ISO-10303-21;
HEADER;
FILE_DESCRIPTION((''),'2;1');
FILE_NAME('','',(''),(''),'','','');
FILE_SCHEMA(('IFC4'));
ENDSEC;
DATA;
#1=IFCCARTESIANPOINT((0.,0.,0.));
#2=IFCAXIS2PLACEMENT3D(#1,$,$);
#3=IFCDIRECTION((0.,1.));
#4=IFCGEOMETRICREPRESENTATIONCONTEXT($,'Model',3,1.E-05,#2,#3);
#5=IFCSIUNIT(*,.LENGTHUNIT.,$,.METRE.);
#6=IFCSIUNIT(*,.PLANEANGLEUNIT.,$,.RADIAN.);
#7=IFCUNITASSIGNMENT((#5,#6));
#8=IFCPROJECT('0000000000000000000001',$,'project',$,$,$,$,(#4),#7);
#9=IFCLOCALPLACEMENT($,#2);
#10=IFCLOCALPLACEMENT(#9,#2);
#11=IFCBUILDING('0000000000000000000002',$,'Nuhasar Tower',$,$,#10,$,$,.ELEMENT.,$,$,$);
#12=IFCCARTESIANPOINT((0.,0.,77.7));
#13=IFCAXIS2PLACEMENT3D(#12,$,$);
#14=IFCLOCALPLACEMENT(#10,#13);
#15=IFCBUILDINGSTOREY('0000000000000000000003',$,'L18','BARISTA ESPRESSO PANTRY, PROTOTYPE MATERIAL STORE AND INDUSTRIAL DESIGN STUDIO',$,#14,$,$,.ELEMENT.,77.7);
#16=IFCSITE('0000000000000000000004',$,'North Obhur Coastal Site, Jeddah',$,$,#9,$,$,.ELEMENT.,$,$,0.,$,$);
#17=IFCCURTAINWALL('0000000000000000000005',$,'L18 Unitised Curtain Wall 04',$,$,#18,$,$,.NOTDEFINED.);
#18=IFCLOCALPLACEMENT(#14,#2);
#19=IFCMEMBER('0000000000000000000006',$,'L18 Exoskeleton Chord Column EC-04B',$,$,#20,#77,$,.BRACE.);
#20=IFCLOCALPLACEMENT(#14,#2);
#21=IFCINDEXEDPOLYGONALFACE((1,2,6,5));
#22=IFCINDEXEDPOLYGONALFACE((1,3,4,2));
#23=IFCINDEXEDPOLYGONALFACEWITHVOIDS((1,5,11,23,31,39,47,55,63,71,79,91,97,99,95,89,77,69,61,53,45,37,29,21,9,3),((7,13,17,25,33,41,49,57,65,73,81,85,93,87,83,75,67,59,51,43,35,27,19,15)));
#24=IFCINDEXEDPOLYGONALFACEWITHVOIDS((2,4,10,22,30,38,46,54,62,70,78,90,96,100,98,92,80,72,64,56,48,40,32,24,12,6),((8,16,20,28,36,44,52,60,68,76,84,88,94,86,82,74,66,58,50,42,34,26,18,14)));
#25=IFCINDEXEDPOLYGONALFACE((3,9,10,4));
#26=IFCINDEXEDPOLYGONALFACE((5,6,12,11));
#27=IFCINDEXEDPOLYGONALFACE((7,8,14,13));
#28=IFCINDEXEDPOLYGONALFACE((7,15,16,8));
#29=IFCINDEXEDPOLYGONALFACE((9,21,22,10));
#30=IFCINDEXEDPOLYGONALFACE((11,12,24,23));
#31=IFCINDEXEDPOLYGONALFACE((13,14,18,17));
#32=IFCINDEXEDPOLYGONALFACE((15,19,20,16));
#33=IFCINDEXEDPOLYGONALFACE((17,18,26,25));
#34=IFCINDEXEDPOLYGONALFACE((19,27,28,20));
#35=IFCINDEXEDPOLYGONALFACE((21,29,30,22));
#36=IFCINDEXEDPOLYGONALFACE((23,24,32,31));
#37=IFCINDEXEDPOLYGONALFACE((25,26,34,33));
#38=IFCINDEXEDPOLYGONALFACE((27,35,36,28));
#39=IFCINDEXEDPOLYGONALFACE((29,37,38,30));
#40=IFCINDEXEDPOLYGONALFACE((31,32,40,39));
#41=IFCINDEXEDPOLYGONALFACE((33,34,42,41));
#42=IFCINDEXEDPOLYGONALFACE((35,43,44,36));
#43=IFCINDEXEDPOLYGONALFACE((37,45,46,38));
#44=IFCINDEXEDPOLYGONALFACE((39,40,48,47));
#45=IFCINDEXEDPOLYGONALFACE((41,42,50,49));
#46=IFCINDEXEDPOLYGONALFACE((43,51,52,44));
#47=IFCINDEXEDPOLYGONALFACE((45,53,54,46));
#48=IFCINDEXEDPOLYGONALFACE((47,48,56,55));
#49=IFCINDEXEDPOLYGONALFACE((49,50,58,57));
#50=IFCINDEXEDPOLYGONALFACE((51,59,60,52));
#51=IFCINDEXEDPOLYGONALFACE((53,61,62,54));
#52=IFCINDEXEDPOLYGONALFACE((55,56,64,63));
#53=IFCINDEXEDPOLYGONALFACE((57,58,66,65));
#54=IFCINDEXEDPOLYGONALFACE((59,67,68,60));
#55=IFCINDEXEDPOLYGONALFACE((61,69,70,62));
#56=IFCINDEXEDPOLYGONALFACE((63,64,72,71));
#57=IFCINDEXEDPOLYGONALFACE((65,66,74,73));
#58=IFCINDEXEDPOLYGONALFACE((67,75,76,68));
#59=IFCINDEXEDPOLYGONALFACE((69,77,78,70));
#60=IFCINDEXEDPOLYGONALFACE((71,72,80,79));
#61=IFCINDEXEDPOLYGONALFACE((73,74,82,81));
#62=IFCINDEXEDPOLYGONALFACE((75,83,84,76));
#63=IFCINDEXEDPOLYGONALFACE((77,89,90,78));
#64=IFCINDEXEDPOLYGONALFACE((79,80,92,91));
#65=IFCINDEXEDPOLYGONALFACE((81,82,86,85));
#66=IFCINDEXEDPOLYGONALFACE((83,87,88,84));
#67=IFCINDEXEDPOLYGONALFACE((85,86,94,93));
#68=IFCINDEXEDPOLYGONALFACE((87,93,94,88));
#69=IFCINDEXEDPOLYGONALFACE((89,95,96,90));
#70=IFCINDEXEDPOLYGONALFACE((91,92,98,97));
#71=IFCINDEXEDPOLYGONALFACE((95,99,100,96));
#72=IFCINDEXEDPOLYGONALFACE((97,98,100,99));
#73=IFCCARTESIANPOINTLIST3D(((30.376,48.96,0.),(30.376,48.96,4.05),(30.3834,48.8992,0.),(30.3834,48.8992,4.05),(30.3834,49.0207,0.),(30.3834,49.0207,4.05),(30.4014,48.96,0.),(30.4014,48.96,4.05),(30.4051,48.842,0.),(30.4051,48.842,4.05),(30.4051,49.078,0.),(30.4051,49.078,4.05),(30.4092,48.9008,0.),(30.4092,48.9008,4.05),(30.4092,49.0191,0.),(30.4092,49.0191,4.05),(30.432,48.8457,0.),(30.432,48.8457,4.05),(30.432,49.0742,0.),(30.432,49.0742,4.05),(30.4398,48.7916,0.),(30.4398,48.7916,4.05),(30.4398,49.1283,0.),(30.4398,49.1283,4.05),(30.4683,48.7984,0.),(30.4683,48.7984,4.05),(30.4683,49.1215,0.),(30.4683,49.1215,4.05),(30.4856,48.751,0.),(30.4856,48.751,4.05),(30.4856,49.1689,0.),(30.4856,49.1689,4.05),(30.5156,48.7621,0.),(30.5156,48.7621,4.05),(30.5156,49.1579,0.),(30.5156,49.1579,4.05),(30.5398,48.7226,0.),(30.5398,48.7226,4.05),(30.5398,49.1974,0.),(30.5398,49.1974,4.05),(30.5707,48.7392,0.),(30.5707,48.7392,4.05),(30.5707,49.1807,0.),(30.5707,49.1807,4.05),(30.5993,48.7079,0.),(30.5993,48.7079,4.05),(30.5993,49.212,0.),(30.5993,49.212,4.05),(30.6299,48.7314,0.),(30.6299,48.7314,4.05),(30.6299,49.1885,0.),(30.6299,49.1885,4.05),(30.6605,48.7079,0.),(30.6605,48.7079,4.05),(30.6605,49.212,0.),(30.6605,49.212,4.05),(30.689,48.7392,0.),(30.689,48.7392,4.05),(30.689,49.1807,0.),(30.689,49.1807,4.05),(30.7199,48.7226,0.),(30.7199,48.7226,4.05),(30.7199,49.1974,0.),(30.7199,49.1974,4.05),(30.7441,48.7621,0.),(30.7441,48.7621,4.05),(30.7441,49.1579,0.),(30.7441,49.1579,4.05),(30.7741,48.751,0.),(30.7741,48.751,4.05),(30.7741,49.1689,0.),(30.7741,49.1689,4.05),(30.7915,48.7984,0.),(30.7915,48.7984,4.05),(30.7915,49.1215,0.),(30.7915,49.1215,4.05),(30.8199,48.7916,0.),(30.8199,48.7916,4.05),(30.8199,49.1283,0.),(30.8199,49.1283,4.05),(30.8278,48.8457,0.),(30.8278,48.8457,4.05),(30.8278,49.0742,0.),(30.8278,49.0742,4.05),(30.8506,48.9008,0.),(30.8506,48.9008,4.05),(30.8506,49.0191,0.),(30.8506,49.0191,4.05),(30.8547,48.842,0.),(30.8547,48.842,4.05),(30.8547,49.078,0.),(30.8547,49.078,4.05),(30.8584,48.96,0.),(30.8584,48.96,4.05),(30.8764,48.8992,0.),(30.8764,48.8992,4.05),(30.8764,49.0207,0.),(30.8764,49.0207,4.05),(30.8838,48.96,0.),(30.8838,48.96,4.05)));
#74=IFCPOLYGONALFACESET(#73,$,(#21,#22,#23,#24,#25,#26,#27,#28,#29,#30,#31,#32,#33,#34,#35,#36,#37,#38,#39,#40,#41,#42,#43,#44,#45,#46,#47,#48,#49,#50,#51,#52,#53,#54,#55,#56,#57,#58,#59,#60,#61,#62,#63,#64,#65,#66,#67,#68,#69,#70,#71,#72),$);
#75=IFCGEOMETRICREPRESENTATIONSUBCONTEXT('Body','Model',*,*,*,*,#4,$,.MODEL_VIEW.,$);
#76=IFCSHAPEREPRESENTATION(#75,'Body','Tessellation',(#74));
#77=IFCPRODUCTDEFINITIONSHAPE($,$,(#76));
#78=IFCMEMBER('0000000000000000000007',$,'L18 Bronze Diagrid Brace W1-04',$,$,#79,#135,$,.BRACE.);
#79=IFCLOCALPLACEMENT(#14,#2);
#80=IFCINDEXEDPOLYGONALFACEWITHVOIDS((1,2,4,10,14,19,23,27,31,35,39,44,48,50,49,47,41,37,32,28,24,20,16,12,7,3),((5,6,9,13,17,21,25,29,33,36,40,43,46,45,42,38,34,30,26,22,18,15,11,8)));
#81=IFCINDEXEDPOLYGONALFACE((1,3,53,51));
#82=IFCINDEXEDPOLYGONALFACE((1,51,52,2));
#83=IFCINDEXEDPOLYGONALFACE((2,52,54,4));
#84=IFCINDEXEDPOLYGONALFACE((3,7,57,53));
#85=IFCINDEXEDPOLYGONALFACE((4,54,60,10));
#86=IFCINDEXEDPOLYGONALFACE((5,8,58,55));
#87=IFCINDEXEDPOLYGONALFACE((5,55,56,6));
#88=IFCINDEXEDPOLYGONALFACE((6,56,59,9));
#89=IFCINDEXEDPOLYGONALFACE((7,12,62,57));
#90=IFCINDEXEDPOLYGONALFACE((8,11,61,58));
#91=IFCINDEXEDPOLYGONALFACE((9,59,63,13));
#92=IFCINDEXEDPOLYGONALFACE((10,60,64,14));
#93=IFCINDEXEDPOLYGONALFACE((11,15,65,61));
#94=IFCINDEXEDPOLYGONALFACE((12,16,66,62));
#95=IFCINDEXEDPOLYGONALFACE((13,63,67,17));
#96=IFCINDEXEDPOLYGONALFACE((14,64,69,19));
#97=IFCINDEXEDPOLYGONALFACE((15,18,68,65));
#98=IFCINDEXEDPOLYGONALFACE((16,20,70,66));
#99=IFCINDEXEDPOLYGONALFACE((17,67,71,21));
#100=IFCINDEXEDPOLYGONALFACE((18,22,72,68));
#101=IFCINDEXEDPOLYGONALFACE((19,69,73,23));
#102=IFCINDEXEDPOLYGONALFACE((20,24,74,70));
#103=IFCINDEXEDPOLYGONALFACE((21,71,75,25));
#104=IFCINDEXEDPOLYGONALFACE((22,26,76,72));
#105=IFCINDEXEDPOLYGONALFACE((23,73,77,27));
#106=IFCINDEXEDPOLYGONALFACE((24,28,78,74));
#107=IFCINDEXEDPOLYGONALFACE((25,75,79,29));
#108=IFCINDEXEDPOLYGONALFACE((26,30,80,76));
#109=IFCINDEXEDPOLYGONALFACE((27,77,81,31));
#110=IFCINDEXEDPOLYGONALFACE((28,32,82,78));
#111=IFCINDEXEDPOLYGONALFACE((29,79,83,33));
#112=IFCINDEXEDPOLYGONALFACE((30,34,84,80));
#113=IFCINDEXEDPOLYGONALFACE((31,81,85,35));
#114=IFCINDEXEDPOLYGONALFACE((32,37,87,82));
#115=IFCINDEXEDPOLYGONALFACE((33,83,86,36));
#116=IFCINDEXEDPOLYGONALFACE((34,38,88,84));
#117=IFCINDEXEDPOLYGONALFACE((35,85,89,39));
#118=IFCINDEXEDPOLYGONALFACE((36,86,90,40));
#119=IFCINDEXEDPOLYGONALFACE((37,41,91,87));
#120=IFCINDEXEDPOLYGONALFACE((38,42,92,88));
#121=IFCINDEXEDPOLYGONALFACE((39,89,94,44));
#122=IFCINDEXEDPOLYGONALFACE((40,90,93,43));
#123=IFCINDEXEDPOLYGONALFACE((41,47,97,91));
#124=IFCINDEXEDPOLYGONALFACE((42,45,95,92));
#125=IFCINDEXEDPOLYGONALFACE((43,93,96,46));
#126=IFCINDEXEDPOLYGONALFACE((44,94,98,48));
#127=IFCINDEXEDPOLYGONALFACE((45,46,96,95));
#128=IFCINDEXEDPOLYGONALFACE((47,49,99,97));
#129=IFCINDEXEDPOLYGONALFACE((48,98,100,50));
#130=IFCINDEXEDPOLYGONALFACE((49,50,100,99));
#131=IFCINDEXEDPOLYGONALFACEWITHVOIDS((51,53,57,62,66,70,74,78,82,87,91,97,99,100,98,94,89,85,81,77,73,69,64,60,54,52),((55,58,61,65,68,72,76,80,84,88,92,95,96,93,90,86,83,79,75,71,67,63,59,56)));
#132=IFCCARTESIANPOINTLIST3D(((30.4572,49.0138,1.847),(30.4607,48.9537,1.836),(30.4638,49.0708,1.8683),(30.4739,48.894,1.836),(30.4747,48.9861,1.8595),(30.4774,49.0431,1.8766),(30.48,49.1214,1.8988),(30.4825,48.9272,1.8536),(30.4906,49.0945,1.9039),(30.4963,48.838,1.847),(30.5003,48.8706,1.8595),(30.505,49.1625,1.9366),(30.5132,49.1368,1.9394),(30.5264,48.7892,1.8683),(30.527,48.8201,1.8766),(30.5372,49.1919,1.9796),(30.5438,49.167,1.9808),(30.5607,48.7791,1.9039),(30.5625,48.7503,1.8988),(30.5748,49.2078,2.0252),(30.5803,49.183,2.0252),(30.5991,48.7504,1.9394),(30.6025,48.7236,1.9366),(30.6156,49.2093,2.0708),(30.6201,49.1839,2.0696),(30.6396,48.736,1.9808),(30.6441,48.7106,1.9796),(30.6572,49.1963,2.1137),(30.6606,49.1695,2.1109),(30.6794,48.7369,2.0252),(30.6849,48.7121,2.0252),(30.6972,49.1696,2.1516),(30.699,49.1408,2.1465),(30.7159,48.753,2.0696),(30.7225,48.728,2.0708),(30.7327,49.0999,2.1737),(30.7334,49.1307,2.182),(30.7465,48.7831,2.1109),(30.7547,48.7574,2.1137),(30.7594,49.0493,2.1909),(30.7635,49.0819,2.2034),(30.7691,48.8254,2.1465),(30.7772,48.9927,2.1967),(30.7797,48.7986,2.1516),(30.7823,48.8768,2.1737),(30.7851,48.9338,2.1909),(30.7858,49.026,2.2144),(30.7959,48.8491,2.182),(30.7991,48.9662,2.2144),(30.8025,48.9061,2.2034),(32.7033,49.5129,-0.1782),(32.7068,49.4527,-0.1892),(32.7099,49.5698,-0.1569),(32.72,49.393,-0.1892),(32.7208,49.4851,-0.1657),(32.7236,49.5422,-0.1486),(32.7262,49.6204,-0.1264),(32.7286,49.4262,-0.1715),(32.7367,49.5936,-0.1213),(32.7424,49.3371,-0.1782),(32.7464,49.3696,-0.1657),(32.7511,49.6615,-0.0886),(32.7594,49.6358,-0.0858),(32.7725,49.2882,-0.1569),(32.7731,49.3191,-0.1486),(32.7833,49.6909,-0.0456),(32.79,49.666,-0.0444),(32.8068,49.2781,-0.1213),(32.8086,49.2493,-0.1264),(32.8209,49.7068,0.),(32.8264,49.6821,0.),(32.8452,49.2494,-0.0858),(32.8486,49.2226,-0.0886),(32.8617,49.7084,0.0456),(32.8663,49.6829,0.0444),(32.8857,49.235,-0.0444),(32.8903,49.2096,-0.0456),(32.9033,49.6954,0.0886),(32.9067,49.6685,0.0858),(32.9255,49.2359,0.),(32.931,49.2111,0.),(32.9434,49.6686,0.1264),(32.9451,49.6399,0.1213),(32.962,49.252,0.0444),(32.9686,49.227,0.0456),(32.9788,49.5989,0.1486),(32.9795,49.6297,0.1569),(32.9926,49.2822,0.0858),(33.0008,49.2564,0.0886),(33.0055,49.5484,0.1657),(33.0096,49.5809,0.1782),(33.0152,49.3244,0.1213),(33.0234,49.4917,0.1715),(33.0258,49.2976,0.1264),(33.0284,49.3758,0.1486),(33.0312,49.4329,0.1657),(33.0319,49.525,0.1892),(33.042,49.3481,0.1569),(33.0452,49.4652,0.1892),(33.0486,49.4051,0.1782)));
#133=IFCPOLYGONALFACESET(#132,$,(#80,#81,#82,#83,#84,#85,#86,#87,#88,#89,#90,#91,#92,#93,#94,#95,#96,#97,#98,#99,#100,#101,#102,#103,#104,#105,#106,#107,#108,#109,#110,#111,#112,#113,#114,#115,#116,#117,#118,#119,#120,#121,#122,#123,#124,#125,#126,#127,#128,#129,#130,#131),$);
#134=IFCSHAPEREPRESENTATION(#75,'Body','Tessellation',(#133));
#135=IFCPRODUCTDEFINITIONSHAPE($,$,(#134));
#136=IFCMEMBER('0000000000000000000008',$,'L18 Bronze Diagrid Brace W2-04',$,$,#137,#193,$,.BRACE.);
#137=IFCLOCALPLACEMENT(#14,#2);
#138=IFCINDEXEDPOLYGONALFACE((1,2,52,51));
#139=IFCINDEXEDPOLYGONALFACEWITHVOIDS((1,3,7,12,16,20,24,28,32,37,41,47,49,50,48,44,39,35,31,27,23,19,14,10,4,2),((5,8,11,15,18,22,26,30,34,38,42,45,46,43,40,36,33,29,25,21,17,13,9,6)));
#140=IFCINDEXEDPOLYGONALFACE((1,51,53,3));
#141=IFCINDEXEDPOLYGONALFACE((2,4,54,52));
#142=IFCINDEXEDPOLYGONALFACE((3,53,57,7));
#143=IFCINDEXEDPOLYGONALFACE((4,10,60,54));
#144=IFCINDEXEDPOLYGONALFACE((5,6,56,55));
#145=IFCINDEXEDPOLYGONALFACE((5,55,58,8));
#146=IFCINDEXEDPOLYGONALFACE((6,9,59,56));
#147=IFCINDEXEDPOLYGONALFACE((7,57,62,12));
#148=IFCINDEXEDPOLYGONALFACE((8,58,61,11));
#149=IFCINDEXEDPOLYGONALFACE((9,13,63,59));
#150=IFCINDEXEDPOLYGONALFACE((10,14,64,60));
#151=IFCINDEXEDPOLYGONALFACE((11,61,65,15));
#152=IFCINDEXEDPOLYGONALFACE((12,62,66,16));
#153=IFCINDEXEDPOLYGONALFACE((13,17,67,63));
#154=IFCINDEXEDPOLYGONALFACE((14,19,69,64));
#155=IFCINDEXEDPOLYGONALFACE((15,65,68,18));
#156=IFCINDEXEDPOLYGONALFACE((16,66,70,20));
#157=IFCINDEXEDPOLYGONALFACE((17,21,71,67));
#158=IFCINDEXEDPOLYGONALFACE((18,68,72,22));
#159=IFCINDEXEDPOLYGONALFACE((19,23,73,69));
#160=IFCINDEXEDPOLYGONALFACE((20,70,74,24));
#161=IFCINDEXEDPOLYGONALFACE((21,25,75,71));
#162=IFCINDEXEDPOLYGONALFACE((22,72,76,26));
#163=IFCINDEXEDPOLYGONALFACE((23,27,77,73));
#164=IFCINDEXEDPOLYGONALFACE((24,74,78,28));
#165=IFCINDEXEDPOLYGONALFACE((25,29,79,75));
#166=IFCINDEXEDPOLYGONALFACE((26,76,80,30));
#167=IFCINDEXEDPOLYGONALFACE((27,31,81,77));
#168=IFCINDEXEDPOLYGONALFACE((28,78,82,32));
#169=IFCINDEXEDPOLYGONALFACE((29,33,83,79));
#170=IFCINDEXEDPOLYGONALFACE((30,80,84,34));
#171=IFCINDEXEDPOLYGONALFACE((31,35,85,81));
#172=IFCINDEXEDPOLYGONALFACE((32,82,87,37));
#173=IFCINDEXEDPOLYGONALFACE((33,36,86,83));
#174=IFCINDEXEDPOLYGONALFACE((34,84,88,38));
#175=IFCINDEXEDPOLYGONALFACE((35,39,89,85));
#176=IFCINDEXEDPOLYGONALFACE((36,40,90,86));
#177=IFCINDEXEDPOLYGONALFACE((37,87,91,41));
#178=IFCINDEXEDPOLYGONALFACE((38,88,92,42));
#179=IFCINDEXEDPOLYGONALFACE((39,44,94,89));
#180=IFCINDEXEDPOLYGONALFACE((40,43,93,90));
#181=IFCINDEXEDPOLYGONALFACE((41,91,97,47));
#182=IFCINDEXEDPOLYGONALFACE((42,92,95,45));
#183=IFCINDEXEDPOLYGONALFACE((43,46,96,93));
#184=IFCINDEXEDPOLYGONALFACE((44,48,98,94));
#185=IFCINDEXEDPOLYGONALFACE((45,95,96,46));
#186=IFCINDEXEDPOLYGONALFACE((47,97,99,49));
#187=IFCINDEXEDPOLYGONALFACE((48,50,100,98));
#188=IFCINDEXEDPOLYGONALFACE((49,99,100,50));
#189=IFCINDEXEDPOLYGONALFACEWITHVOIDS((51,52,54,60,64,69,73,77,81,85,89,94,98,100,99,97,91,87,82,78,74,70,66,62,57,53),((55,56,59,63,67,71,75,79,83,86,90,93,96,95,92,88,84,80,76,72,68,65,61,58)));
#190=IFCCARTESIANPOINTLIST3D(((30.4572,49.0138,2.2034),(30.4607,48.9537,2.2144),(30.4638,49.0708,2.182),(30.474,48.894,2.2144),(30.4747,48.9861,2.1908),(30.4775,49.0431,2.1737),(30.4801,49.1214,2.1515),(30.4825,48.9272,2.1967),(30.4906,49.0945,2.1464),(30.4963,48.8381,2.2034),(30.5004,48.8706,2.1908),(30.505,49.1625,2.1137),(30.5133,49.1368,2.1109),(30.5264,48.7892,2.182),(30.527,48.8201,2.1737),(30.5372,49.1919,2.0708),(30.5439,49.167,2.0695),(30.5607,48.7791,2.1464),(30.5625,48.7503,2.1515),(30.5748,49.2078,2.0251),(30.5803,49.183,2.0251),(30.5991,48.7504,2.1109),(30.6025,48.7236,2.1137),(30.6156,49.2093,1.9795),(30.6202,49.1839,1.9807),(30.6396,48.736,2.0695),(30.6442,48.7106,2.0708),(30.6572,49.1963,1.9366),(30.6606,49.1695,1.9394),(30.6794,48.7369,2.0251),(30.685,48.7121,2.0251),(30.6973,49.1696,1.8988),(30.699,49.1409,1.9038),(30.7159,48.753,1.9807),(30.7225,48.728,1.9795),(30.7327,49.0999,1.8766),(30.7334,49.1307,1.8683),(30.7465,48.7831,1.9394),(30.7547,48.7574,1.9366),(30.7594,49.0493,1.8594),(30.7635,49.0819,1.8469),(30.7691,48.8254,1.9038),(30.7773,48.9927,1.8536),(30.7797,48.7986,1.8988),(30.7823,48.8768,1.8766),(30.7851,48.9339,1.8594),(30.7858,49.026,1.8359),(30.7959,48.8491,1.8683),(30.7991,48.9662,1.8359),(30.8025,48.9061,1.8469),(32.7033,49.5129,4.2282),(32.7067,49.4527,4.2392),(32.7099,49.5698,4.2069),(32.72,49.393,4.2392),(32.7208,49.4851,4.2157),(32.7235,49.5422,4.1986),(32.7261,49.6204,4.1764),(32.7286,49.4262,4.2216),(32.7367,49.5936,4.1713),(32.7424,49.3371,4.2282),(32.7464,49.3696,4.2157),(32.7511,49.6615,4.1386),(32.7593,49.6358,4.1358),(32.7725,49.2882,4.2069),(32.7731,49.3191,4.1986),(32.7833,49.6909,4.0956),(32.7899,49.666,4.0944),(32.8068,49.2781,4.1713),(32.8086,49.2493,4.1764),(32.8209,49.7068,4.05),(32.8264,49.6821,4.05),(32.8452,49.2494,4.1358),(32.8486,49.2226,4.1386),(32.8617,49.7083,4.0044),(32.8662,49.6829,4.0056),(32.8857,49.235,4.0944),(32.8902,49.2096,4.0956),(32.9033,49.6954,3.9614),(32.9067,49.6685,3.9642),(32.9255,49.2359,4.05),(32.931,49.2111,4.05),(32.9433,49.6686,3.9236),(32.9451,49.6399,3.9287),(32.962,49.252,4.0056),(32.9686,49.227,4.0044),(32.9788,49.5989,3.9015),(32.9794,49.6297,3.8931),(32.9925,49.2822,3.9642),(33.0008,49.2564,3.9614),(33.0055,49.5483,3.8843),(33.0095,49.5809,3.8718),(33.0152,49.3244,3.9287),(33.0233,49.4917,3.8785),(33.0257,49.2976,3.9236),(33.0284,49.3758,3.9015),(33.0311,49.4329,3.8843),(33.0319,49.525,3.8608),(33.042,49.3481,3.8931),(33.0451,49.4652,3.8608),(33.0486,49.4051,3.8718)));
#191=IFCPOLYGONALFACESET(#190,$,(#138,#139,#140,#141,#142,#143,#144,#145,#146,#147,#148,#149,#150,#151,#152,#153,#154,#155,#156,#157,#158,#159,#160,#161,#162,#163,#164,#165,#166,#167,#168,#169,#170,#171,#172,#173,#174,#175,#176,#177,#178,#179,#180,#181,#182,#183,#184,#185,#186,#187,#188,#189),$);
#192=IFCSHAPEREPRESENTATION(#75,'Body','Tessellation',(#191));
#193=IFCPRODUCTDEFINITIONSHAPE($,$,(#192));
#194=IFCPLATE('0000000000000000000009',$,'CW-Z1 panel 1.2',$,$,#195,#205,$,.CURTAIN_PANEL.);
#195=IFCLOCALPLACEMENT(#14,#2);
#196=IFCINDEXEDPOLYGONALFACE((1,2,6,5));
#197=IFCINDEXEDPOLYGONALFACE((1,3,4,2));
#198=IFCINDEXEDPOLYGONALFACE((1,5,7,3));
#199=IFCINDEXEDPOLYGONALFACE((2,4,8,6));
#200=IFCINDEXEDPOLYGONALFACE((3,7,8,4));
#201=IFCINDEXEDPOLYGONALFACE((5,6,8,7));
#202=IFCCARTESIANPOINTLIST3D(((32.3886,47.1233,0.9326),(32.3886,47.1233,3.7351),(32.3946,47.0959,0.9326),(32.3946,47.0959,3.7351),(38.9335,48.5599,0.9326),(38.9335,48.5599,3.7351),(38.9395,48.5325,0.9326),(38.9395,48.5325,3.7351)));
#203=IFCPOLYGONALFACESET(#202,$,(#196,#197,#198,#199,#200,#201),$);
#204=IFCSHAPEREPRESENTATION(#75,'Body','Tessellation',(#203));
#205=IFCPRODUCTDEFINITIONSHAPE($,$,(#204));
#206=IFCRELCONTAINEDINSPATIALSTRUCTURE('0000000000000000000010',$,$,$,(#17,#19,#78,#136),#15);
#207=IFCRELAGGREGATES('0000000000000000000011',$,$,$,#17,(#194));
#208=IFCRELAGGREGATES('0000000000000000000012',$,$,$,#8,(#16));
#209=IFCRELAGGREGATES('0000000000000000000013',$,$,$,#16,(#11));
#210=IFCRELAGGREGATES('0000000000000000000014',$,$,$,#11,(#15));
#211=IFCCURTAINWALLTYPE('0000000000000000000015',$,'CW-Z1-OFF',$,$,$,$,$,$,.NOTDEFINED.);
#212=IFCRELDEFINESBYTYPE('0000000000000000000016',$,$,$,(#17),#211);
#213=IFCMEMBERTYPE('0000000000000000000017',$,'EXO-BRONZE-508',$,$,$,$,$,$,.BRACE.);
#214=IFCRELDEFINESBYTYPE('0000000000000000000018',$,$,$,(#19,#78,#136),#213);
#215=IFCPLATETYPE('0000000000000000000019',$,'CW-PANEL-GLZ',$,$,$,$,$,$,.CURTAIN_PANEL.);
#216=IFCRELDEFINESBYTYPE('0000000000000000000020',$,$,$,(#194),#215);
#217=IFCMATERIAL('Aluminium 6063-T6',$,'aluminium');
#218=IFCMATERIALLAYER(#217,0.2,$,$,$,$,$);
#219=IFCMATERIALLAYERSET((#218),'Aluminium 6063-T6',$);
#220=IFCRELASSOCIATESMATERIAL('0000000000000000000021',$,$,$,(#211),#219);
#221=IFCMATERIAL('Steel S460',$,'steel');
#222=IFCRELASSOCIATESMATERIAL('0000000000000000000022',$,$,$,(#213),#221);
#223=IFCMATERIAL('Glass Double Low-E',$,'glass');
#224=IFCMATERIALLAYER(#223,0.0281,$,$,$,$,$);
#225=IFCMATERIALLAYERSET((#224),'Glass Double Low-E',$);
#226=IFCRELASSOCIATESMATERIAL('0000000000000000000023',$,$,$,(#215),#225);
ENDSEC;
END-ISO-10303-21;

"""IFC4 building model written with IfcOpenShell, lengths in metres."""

from ifc_helpers import new_model, si_unit, direction, frame, origin, origin_2d, place, context, subcontext, project, spatial, rectangle, hollow_circle, extrude, material, layer, layer_set, material_profile, profile_set, type_object, element, aggregate, save


model = new_model("IFC4")

# Units and contexts
model_context = context("Model", 3, precision=1e-05, world=origin(), true_north=direction((0.0, 1.0)))
body_context = subcontext(model_context, "Body", "Model", "MODEL_VIEW")
ifc_project = project(units=[si_unit("LENGTHUNIT", "METRE"), si_unit("PLANEANGLEUNIT", "RADIAN")], contexts=[model_context])

# Site, building, storey
site_placement = place(None, origin())
site = spatial("IfcSite", under=ifc_project, at=site_placement, Name="North Obhur Coastal Site, Jeddah", CompositionType="ELEMENT", RefElevation=0.0)
building_placement = place(site_placement, origin())
building = spatial("IfcBuilding", under=site, at=building_placement, Name="Nuhasar Tower", CompositionType="ELEMENT")
storey_placement = place(building_placement, frame((0.0, 0.0, 77.7)))
storey = spatial("IfcBuildingStorey", under=building, at=storey_placement, Name="L18", Description="BARISTA ESPRESSO PANTRY, PROTOTYPE MATERIAL STORE AND INDUSTRIAL DESIGN STUDIO", CompositionType="ELEMENT", Elevation=77.7)

# Curtain wall
ifc_material_1 = material(Name="Aluminium 6063-T6", Category="aluminium")
ifc_layer_1 = layer(ifc_material_1, 0.2)
ifc_layer_set_1 = layer_set([ifc_layer_1], Name="Aluminium 6063-T6")
curtain_wall_type = type_object("IfcCurtainWallType", Name="CW-Z1-OFF", PredefinedType="NOTDEFINED", material=ifc_layer_set_1)
curtain_wall_placement = place(storey_placement, origin())
curtain_wall = element("IfcCurtainWall", 1, at=curtain_wall_placement, inside=storey, type_object=curtain_wall_type, Name="L18 Unitised Curtain Wall 04", PredefinedType="NOTDEFINED")

# Members
ifc_material_2 = material(Name="Steel S460", Category="steel")
ifc_material_profile_1 = material_profile(ifc_material_2, hollow_circle(Radius=0.2539, WallThickness=0.0254, at=origin_2d()), Name="HSS508X25.4")
ifc_profile_set_1 = profile_set([ifc_material_profile_1], Name="Steel S460")
member_type_1 = type_object("IfcMemberType", Name="EXO-BRONZE-508", PredefinedType="BRACE", material=ifc_profile_set_1)
for number, where, z_axis, x_axis, name in (
    (2, (30.6299, 48.96, 0.0), (0.0, 0.0, 1.0), (1.0, 0.0, 0.0), "L18 Exoskeleton Chord Column EC-04B"),
):
    element("IfcMember", number, at=place(storey_placement, frame(where, z_axis=z_axis, x_axis=x_axis)), inside=storey, type_object=member_type_1, Name=name, PredefinedType="BRACE", context=body_context, shape_type="SweptSolid", body=[
        extrude(hollow_circle(Radius=0.2539, WallThickness=0.0254, at=origin_2d()), origin(), (0.0, 0.0, 1.0), 4.05),
    ])
member_1_placement = place(storey_placement, frame((32.876, 49.459, 0.0), z_axis=(-0.732783, -0.162805, 0.660699), x_axis=(0.216886, -0.976197, 0.0)))
element("IfcMember", 3, at=member_1_placement, inside=storey, type_object=member_type_1, Name="L18 Bronze Diagrid Brace W1-04", PredefinedType="BRACE", context=body_context, shape_type="SweptSolid", body=[
    extrude(hollow_circle(Radius=0.2539, WallThickness=0.0254, at=origin_2d()), origin(), (0.0, 0.0, 1.0), 3.0652),
])
member_2_placement = place(storey_placement, frame((30.6299, 48.96, 2.0251), z_axis=(0.732821, 0.162814, 0.660654), x_axis=(-0.216886, 0.976197, 0.0)))
element("IfcMember", 4, at=member_2_placement, inside=storey, type_object=member_type_1, Name="L18 Bronze Diagrid Brace W2-04", PredefinedType="BRACE", context=body_context, shape_type="SweptSolid", body=[
    extrude(hollow_circle(Radius=0.2539, WallThickness=0.0254, at=origin_2d()), origin(), (0.0, 0.0, 1.0), 3.0649),
])

# Plate
ifc_material_3 = material(Name="Glass Double Low-E", Category="glass")
ifc_layer_2 = layer(ifc_material_3, 0.0281)
ifc_layer_set_2 = layer_set([ifc_layer_2], Name="Glass Double Low-E")
plate_type_1 = type_object("IfcPlateType", Name="CW-PANEL-GLZ", PredefinedType="CURTAIN_PANEL", material=ifc_layer_set_2)
plate_1_placement = place(storey_placement, frame((35.6641, 47.8279, 0.9326), z_axis=(0.0, 0.0, 1.0), x_axis=(-0.976746, -0.214399, 0.0)))
plate_1 = element("IfcPlate", 5, at=plate_1_placement, type_object=plate_type_1, Name="CW-Z1 panel 1.2", PredefinedType="CURTAIN_PANEL", context=body_context, shape_type="SweptSolid", body=[
    extrude(rectangle(XDim=6.7007, YDim=0.0281, at=origin_2d()), origin(), (0.0, 0.0, 1.0), 2.8025),
])
aggregate(curtain_wall, [plate_1])

save(model, "model.ifc")
